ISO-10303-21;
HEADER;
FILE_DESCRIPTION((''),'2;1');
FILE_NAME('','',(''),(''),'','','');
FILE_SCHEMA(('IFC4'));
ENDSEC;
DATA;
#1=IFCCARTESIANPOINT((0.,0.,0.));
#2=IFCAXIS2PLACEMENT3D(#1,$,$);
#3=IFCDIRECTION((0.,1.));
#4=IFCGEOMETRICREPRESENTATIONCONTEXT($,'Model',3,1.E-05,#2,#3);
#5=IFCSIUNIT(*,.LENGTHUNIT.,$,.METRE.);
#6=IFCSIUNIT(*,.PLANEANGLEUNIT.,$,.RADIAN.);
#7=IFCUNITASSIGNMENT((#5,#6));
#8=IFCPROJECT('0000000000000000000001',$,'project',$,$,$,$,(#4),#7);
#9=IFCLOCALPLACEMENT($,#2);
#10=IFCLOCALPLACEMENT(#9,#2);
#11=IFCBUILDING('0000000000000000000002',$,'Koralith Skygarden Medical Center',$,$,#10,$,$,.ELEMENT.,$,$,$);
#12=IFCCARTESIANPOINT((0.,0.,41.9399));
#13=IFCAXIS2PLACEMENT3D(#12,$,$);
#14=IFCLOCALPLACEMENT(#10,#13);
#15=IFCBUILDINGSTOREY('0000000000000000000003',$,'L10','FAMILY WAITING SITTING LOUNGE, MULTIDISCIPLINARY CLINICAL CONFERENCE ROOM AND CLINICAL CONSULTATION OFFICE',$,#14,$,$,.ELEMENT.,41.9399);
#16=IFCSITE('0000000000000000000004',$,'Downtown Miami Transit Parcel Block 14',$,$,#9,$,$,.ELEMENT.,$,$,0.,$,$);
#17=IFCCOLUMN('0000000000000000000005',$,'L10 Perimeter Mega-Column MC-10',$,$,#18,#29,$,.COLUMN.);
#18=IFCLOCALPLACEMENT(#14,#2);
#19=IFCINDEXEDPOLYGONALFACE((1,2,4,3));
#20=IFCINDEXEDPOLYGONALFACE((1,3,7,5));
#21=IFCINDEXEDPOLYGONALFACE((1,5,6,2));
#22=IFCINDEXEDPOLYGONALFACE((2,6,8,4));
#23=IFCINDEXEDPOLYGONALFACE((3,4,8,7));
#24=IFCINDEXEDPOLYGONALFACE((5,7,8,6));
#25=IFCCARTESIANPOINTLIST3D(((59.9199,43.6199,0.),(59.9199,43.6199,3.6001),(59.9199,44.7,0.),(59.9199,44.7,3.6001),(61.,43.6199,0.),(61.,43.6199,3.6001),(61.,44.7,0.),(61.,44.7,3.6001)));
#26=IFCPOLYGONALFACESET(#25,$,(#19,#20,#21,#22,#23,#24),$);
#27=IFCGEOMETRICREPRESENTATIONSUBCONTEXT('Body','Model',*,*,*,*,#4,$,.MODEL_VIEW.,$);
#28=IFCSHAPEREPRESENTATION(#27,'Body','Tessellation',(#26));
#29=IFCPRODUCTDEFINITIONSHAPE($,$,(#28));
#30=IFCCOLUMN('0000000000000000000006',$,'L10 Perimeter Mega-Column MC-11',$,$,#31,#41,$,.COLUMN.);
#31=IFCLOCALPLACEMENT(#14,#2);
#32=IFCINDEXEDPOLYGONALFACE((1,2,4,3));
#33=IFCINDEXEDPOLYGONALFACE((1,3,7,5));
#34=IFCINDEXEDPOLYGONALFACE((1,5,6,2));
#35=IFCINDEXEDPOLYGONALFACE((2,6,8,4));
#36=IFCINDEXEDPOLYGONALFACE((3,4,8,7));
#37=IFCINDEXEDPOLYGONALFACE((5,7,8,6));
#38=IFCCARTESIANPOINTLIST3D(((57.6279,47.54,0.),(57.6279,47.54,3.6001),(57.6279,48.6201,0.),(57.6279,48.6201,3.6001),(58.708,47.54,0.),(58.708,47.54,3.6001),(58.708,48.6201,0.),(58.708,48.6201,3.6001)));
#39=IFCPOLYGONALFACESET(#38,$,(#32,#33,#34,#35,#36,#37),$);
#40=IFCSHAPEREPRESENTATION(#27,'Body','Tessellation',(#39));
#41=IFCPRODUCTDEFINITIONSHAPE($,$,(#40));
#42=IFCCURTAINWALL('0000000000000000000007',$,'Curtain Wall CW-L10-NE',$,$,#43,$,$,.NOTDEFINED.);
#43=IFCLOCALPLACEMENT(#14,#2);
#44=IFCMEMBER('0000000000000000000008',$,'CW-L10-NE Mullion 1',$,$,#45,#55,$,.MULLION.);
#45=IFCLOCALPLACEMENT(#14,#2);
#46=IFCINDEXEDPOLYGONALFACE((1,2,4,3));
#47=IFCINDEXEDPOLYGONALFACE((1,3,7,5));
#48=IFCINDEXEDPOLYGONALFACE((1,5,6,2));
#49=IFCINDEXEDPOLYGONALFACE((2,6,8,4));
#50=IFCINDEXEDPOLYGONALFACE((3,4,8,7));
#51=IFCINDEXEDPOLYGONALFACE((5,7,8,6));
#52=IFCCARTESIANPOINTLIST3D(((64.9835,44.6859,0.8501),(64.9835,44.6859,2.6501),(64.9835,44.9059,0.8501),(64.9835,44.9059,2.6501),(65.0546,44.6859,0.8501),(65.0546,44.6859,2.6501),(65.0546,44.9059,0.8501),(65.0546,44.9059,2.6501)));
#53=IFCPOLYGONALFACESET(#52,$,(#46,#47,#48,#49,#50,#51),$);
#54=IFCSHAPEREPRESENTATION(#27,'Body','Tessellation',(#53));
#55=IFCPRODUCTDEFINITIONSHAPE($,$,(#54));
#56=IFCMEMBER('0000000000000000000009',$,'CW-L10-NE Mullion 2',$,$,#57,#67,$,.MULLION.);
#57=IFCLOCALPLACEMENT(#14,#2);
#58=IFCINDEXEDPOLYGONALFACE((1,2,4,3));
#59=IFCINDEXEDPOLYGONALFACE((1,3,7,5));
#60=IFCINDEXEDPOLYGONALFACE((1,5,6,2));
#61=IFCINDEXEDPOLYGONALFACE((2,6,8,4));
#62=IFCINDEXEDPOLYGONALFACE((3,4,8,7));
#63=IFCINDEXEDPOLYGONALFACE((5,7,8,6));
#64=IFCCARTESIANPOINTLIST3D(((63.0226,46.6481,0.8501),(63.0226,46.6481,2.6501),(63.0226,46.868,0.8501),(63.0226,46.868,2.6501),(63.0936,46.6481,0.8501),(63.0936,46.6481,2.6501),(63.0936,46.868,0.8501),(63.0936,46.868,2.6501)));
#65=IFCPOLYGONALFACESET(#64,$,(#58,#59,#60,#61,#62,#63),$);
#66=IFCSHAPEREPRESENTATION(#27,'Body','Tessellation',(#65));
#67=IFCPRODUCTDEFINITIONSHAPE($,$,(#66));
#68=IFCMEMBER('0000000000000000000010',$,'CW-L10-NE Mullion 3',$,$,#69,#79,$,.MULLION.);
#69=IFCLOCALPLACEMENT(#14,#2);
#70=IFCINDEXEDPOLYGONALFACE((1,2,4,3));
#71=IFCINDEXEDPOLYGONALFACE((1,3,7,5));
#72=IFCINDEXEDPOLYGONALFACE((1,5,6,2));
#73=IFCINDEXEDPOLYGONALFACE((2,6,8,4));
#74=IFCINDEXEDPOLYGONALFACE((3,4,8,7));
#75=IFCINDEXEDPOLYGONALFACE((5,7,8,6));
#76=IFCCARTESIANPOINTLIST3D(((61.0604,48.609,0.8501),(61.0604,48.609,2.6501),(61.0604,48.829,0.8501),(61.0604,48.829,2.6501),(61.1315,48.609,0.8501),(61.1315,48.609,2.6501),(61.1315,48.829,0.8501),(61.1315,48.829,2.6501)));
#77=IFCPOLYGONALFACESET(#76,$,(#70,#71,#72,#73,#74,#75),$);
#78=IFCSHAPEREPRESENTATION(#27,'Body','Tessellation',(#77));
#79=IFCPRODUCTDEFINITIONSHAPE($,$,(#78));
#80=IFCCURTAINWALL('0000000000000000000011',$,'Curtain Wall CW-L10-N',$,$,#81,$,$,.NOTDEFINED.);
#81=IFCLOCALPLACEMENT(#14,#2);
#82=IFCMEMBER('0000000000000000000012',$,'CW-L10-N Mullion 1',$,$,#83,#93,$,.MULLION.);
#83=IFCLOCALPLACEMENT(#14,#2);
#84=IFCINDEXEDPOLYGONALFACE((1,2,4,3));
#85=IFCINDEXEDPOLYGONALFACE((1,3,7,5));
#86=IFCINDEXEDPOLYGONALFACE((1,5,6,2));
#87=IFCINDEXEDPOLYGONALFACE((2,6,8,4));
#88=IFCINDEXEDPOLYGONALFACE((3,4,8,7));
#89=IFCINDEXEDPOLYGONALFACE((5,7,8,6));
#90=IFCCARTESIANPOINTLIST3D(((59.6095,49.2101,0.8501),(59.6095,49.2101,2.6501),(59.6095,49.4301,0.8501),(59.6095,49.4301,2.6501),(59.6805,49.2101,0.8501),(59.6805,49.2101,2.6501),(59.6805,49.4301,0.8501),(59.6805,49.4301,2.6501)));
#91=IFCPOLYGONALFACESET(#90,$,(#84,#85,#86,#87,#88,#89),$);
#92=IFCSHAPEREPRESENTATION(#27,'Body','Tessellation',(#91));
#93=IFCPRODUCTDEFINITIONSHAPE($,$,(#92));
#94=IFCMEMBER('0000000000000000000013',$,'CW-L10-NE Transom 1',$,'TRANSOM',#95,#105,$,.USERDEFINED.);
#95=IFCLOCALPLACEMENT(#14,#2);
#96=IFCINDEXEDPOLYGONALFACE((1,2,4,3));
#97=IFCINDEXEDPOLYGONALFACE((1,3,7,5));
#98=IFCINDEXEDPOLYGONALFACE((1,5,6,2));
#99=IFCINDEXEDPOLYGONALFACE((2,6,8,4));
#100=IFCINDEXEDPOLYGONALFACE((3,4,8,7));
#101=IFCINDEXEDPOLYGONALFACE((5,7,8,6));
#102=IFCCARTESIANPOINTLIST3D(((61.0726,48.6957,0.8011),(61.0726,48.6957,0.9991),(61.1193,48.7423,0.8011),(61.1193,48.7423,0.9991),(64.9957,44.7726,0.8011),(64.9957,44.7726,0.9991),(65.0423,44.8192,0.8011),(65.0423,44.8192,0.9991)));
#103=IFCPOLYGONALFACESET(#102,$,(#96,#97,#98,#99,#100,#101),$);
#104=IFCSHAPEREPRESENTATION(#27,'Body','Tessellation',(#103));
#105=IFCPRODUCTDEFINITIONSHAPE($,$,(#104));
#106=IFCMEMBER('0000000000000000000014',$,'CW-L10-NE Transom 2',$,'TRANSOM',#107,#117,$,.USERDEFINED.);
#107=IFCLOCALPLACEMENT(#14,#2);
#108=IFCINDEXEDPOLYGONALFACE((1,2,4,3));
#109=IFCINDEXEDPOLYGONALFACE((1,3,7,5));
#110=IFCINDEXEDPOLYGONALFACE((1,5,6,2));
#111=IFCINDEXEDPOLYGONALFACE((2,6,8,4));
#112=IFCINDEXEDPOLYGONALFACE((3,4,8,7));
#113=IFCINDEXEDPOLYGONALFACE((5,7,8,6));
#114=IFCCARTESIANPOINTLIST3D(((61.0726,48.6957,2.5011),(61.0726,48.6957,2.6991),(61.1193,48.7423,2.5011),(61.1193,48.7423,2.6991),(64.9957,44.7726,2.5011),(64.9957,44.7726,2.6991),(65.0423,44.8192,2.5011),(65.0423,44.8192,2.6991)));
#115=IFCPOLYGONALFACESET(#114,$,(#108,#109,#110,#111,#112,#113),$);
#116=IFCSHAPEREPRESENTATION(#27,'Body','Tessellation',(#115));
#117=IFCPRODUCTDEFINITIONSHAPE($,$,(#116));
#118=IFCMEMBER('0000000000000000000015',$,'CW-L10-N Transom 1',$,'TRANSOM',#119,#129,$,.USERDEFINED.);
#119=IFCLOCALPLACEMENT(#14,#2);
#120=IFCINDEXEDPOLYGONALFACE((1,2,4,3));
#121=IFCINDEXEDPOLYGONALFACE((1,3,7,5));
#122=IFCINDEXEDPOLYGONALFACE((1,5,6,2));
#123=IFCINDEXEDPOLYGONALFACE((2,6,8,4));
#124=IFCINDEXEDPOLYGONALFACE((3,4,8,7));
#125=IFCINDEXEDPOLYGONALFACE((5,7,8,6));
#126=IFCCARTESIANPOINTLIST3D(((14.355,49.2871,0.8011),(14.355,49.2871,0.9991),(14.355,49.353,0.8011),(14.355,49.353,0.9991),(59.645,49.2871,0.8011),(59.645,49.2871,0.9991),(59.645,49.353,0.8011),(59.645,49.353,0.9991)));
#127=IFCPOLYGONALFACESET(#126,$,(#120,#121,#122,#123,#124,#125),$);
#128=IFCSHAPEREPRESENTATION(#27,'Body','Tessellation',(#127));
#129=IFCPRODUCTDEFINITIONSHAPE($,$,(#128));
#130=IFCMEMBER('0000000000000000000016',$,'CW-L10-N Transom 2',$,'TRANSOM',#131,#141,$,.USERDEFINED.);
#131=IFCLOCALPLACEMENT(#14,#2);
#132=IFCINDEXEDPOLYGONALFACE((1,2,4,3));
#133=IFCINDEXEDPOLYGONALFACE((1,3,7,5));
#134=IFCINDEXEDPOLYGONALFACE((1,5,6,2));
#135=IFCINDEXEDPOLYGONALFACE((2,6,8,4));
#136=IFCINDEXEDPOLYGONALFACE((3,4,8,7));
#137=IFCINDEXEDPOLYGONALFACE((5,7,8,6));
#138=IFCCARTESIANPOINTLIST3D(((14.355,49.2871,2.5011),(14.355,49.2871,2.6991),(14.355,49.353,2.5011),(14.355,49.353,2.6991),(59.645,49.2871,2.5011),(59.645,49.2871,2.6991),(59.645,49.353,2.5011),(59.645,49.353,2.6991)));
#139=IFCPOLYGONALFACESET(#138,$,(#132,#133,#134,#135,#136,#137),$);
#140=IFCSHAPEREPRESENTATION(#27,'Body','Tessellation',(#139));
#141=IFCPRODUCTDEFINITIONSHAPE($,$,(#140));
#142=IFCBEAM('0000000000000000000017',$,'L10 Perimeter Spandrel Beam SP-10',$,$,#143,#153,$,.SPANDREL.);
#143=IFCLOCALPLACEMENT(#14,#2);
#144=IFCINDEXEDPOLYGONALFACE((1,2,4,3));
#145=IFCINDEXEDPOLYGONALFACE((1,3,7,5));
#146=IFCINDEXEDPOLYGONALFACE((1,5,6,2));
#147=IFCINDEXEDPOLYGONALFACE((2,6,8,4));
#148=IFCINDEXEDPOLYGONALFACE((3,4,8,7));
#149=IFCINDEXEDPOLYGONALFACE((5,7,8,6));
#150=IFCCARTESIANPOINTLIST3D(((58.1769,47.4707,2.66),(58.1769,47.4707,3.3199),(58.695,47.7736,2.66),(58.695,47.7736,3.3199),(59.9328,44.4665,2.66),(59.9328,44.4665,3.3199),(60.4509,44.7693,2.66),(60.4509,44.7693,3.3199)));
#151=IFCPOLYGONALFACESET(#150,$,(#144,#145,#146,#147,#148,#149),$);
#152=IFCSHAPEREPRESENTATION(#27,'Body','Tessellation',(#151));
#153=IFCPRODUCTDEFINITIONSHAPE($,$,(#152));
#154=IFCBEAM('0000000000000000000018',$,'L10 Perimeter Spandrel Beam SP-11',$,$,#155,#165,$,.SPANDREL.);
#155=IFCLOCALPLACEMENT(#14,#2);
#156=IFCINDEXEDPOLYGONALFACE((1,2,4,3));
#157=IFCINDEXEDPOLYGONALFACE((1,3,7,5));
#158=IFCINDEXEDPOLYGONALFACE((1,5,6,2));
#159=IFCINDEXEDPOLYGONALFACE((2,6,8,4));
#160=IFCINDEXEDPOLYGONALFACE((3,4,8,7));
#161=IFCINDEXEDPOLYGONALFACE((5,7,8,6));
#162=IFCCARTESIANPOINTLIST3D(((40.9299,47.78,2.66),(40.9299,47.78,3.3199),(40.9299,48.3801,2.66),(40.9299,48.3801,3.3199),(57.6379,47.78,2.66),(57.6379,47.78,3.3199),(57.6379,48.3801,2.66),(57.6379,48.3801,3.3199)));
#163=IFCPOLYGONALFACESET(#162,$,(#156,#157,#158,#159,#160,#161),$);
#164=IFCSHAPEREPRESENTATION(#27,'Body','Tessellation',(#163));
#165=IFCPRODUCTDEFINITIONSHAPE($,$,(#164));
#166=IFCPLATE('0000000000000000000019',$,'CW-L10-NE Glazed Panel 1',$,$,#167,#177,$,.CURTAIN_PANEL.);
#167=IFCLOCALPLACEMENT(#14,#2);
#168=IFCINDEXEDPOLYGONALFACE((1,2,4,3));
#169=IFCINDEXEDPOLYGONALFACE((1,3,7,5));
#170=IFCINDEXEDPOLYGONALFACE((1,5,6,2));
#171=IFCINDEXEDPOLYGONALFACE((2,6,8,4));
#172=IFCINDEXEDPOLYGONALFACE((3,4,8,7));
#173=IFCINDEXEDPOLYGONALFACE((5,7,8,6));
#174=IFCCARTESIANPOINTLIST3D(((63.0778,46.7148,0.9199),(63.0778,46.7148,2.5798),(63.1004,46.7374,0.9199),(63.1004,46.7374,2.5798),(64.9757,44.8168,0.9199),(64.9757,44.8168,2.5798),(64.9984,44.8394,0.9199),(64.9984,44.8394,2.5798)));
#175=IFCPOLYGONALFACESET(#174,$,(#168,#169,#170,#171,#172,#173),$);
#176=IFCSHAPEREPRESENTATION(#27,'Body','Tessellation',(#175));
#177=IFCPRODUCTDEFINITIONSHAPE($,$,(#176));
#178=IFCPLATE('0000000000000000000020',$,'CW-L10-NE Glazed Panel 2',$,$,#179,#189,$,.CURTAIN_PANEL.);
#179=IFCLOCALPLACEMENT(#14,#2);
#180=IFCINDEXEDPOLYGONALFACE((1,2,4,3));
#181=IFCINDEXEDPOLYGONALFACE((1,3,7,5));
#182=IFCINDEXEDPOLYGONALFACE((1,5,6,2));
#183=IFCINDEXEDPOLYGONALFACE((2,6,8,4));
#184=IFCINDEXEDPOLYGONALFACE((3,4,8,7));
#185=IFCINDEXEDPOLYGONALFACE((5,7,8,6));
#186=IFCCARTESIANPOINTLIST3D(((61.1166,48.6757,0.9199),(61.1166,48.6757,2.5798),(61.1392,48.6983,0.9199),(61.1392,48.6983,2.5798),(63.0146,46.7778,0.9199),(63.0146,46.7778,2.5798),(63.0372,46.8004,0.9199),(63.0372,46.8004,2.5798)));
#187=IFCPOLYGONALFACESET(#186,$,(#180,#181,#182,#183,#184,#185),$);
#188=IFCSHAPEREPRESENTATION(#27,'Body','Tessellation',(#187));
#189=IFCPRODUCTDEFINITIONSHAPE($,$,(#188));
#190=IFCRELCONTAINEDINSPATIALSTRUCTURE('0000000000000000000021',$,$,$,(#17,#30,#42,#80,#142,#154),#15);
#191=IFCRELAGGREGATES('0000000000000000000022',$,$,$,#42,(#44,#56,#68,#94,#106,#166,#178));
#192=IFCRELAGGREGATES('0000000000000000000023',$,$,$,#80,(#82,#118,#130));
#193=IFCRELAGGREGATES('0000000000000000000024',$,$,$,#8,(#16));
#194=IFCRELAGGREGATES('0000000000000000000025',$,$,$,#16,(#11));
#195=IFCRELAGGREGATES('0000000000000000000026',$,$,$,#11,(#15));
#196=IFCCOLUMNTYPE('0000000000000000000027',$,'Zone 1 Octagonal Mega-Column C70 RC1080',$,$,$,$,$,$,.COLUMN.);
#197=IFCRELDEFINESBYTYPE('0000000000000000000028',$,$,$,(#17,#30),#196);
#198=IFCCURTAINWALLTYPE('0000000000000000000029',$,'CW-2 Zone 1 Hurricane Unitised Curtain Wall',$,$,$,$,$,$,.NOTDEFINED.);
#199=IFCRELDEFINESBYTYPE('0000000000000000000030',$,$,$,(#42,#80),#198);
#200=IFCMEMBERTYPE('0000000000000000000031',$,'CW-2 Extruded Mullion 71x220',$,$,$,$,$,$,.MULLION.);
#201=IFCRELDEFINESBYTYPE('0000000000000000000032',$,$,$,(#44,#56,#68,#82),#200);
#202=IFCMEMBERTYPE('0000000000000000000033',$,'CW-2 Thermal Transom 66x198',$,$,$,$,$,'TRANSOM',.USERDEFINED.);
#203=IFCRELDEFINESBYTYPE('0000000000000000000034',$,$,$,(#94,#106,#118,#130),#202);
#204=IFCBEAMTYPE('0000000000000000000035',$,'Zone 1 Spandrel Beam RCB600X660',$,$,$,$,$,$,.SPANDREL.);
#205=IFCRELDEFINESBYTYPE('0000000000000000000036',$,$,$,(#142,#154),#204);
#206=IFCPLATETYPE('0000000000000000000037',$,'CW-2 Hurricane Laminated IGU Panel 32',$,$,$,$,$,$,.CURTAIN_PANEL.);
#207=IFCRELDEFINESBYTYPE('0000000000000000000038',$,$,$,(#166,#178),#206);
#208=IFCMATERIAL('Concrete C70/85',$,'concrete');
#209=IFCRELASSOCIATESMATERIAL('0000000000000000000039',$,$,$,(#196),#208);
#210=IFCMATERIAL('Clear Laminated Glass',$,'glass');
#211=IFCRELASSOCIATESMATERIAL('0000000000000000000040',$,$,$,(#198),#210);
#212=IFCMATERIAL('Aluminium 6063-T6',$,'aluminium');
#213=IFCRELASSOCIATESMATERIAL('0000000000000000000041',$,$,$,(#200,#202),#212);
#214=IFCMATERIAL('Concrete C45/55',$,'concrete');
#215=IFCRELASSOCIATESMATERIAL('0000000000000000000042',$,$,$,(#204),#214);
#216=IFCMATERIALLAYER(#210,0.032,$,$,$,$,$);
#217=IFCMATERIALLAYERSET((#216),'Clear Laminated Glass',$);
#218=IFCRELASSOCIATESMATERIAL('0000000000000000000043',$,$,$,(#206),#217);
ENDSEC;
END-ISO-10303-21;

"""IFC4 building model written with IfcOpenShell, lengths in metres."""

from ifc_helpers import new_model, si_unit, direction, frame, origin, origin_2d, place, context, subcontext, project, spatial, rectangle, extrude, material, layer, layer_set, material_profile, profile_set, type_object, element, aggregate, save


model = new_model("IFC4")

# Units and contexts
model_context = context("Model", 3, precision=1e-05, world=origin(), true_north=direction((0.0, 1.0)))
body_context = subcontext(model_context, "Body", "Model", "MODEL_VIEW")
ifc_project = project(units=[si_unit("LENGTHUNIT", "METRE"), si_unit("PLANEANGLEUNIT", "RADIAN")], contexts=[model_context])

# Site, building, storey
site_placement = place(None, origin())
site = spatial("IfcSite", under=ifc_project, at=site_placement, Name="Downtown Miami Transit Parcel Block 14", CompositionType="ELEMENT", RefElevation=0.0)
building_placement = place(site_placement, origin())
building = spatial("IfcBuilding", under=site, at=building_placement, Name="Koralith Skygarden Medical Center", CompositionType="ELEMENT")
storey_placement = place(building_placement, frame((0.0, 0.0, 41.9399)))
storey = spatial("IfcBuildingStorey", under=building, at=storey_placement, Name="L10", Description="FAMILY WAITING SITTING LOUNGE, MULTIDISCIPLINARY CLINICAL CONFERENCE ROOM AND CLINICAL CONSULTATION OFFICE", CompositionType="ELEMENT", Elevation=41.9399)

# Columns
ifc_material_1 = material(Name="Concrete C70/85", Category="concrete")
ifc_material_profile_1 = material_profile(ifc_material_1, rectangle(XDim=1.0801, YDim=1.0801, at=origin_2d()), Name="RC1080X1080")
ifc_profile_set_1 = profile_set([ifc_material_profile_1], Name="Concrete C70/85")
column_type = type_object("IfcColumnType", Name="Zone 1 Octagonal Mega-Column C70 RC1080", PredefinedType="COLUMN", material=ifc_profile_set_1)
for number, where, z_axis, x_axis, name in (
    (1, (60.46, 44.1599, 0.0), (0.0, 0.0, 1.0), (1.0, 0.0, 0.0), "L10 Perimeter Mega-Column MC-10"),
    (2, (58.168, 48.0801, 0.0), (0.0, 0.0, 1.0), (1.0, 0.0, 0.0), "L10 Perimeter Mega-Column MC-11"),
):
    element("IfcColumn", number, at=place(storey_placement, frame(where, z_axis=z_axis, x_axis=x_axis)), inside=storey, type_object=column_type, Name=name, PredefinedType="COLUMN", context=body_context, shape_type="SweptSolid", body=[
        extrude(rectangle(XDim=1.0801, YDim=1.0801, at=origin_2d()), origin(), (0.0, 0.0, 1.0), 3.6001),
    ])

# Curtain wall, members
ifc_material_2 = material(Name="Clear Laminated Glass", Category="glass")
curtain_wall_type = type_object("IfcCurtainWallType", Name="CW-2 Zone 1 Hurricane Unitised Curtain Wall", PredefinedType="NOTDEFINED", material=ifc_material_2)
curtain_wall_1_placement = place(storey_placement, origin())
curtain_wall_1 = element("IfcCurtainWall", 3, at=curtain_wall_1_placement, inside=storey, type_object=curtain_wall_type, Name="Curtain Wall CW-L10-NE", PredefinedType="NOTDEFINED")
ifc_material_3 = material(Name="Aluminium 6063-T6", Category="aluminium")
ifc_material_profile_2 = material_profile(ifc_material_3, rectangle(XDim=0.071, YDim=0.22, at=origin_2d()), Name="MUL71X220")
ifc_profile_set_2 = profile_set([ifc_material_profile_2], Name="Aluminium 6063-T6")
member_type_1 = type_object("IfcMemberType", Name="CW-2 Extruded Mullion 71x220", PredefinedType="MULLION", material=ifc_profile_set_2)
member_1_placement = place(storey_placement, frame((65.019, 44.7959, 0.8501), z_axis=(0.0, 0.0, 1.0), x_axis=(1.0, 0.0, 0.0)))
member_1 = element("IfcMember", 4, at=member_1_placement, type_object=member_type_1, Name="CW-L10-NE Mullion 1", PredefinedType="MULLION", context=body_context, shape_type="SweptSolid", body=[
    extrude(rectangle(XDim=0.071, YDim=0.22, at=origin_2d()), origin(), (0.0, 0.0, 1.0), 1.8),
])
member_2_placement = place(storey_placement, frame((63.0581, 46.7581, 0.8501), z_axis=(0.0, 0.0, 1.0), x_axis=(1.0, 0.0, 0.0)))
member_2 = element("IfcMember", 5, at=member_2_placement, type_object=member_type_1, Name="CW-L10-NE Mullion 2", PredefinedType="MULLION", context=body_context, shape_type="SweptSolid", body=[
    extrude(rectangle(XDim=0.071, YDim=0.22, at=origin_2d()), origin(), (0.0, 0.0, 1.0), 1.8),
])
member_3_placement = place(storey_placement, frame((61.0959, 48.719, 0.8501), z_axis=(0.0, 0.0, 1.0), x_axis=(1.0, 0.0, 0.0)))
member_3 = element("IfcMember", 6, at=member_3_placement, type_object=member_type_1, Name="CW-L10-NE Mullion 3", PredefinedType="MULLION", context=body_context, shape_type="SweptSolid", body=[
    extrude(rectangle(XDim=0.071, YDim=0.22, at=origin_2d()), origin(), (0.0, 0.0, 1.0), 1.8),
])

# Curtain wall, member
curtain_wall_2_placement = place(storey_placement, origin())
curtain_wall_2 = element("IfcCurtainWall", 7, at=curtain_wall_2_placement, inside=storey, type_object=curtain_wall_type, Name="Curtain Wall CW-L10-N", PredefinedType="NOTDEFINED")
member_4_placement = place(storey_placement, frame((59.645, 49.3201, 0.8501), z_axis=(0.0, 0.0, 1.0), x_axis=(1.0, 0.0, 0.0)))
member_4 = element("IfcMember", 8, at=member_4_placement, type_object=member_type_1, Name="CW-L10-N Mullion 1", PredefinedType="MULLION", context=body_context, shape_type="SweptSolid", body=[
    extrude(rectangle(XDim=0.071, YDim=0.22, at=origin_2d()), origin(), (0.0, 0.0, 1.0), 1.8),
])

# Members
ifc_material_profile_3 = material_profile(ifc_material_3, rectangle(XDim=0.0659, YDim=0.198, at=origin_2d()), Name="TRN66X198")
ifc_profile_set_3 = profile_set([ifc_material_profile_3], Name="Aluminium 6063-T6")
member_type_2 = type_object("IfcMemberType", Name="CW-2 Thermal Transom 66x198", ElementType="TRANSOM", PredefinedType="USERDEFINED", material=ifc_profile_set_3)
member_5_placement = place(storey_placement, frame((65.019, 44.7959, 0.9001), z_axis=(-0.707107, 0.707107, 0.0), x_axis=(-0.707107, -0.707107, 0.0)))
member_5 = element("IfcMember", 9, at=member_5_placement, type_object=member_type_2, Name="CW-L10-NE Transom 1", ObjectType="TRANSOM", PredefinedType="USERDEFINED", context=body_context, shape_type="SweptSolid", body=[
    extrude(rectangle(XDim=0.0659, YDim=0.198, at=origin_2d()), origin(), (0.0, 0.0, 1.0), 5.5481),
])
member_6_placement = place(storey_placement, frame((65.019, 44.7959, 2.6001), z_axis=(-0.707107, 0.707107, 0.0), x_axis=(-0.707107, -0.707107, 0.0)))
member_6 = element("IfcMember", 10, at=member_6_placement, type_object=member_type_2, Name="CW-L10-NE Transom 2", ObjectType="TRANSOM", PredefinedType="USERDEFINED", context=body_context, shape_type="SweptSolid", body=[
    extrude(rectangle(XDim=0.0659, YDim=0.198, at=origin_2d()), origin(), (0.0, 0.0, 1.0), 5.5481),
])
member_7_placement = place(storey_placement, frame((59.645, 49.3201, 0.9001), z_axis=(-1.0, 0.0, 0.0), x_axis=(0.0, -1.0, 0.0)))
member_7 = element("IfcMember", 11, at=member_7_placement, type_object=member_type_2, Name="CW-L10-N Transom 1", ObjectType="TRANSOM", PredefinedType="USERDEFINED", context=body_context, shape_type="SweptSolid", body=[
    extrude(rectangle(XDim=0.0659, YDim=0.198, at=origin_2d()), origin(), (0.0, 0.0, 1.0), 45.29),
])
member_8_placement = place(storey_placement, frame((59.645, 49.3201, 2.6001), z_axis=(-1.0, 0.0, 0.0), x_axis=(0.0, -1.0, 0.0)))
member_8 = element("IfcMember", 12, at=member_8_placement, type_object=member_type_2, Name="CW-L10-N Transom 2", ObjectType="TRANSOM", PredefinedType="USERDEFINED", context=body_context, shape_type="SweptSolid", body=[
    extrude(rectangle(XDim=0.0659, YDim=0.198, at=origin_2d()), origin(), (0.0, 0.0, 1.0), 45.29),
])

# Beams
ifc_material_4 = material(Name="Concrete C45/55", Category="concrete")
ifc_material_profile_4 = material_profile(ifc_material_4, rectangle(XDim=0.6001, YDim=0.6599, at=origin_2d()), Name="RCB600X660")
ifc_profile_set_4 = profile_set([ifc_material_profile_4], Name="Concrete C45/55")
beam_type = type_object("IfcBeamType", Name="Zone 1 Spandrel Beam RCB600X660", PredefinedType="SPANDREL", material=ifc_profile_set_4)
beam_1_placement = place(storey_placement, frame((60.1919, 44.6179, 2.99), z_axis=(-0.504608, 0.863349, 0.0), x_axis=(-0.863349, -0.504608, 0.0)))
element("IfcBeam", 13, at=beam_1_placement, inside=storey, type_object=beam_type, Name="L10 Perimeter Spandrel Beam SP-10", PredefinedType="SPANDREL", context=body_context, shape_type="SweptSolid", body=[
    extrude(rectangle(XDim=0.6001, YDim=0.6599, at=origin_2d()), origin(), (0.0, 0.0, 1.0), 3.4797),
])
beam_2_placement = place(storey_placement, frame((57.6379, 48.0801, 2.99), z_axis=(-1.0, 0.0, 0.0), x_axis=(0.0, -1.0, 0.0)))
element("IfcBeam", 14, at=beam_2_placement, inside=storey, type_object=beam_type, Name="L10 Perimeter Spandrel Beam SP-11", PredefinedType="SPANDREL", context=body_context, shape_type="SweptSolid", body=[
    extrude(rectangle(XDim=0.6001, YDim=0.6599, at=origin_2d()), origin(), (0.0, 0.0, 1.0), 16.708),
])

# Plates
ifc_layer_1 = layer(ifc_material_2, 0.032)
ifc_layer_set_1 = layer_set([ifc_layer_1], Name="Clear Laminated Glass")
plate_type_1 = type_object("IfcPlateType", Name="CW-2 Hurricane Laminated IGU Panel 32", PredefinedType="CURTAIN_PANEL", material=ifc_layer_set_1)
plate_1_placement = place(storey_placement, frame((64.0381, 45.7771, 0.9199), z_axis=(0.0, 0.0, 1.0), x_axis=(-0.707107, 0.707107, 0.0)))
plate_1 = element("IfcPlate", 15, at=plate_1_placement, type_object=plate_type_1, Name="CW-L10-NE Glazed Panel 1", PredefinedType="CURTAIN_PANEL", context=body_context, shape_type="SweptSolid", body=[
    extrude(rectangle(XDim=2.6841, YDim=0.032, at=origin_2d()), origin(), (0.0, 0.0, 1.0), 1.6599),
])
plate_2_placement = place(storey_placement, frame((62.0769, 47.738, 0.9199), z_axis=(0.0, 0.0, 1.0), x_axis=(-0.707107, 0.707107, 0.0)))
plate_2 = element("IfcPlate", 16, at=plate_2_placement, type_object=plate_type_1, Name="CW-L10-NE Glazed Panel 2", PredefinedType="CURTAIN_PANEL", context=body_context, shape_type="SweptSolid", body=[
    extrude(rectangle(XDim=2.6841, YDim=0.032, at=origin_2d()), origin(), (0.0, 0.0, 1.0), 1.6599),
])
aggregate(curtain_wall_1, [member_1, member_2, member_3, member_5, member_6, plate_1, plate_2])
aggregate(curtain_wall_2, [member_4, member_7, member_8])

save(model, "model.ifc")
